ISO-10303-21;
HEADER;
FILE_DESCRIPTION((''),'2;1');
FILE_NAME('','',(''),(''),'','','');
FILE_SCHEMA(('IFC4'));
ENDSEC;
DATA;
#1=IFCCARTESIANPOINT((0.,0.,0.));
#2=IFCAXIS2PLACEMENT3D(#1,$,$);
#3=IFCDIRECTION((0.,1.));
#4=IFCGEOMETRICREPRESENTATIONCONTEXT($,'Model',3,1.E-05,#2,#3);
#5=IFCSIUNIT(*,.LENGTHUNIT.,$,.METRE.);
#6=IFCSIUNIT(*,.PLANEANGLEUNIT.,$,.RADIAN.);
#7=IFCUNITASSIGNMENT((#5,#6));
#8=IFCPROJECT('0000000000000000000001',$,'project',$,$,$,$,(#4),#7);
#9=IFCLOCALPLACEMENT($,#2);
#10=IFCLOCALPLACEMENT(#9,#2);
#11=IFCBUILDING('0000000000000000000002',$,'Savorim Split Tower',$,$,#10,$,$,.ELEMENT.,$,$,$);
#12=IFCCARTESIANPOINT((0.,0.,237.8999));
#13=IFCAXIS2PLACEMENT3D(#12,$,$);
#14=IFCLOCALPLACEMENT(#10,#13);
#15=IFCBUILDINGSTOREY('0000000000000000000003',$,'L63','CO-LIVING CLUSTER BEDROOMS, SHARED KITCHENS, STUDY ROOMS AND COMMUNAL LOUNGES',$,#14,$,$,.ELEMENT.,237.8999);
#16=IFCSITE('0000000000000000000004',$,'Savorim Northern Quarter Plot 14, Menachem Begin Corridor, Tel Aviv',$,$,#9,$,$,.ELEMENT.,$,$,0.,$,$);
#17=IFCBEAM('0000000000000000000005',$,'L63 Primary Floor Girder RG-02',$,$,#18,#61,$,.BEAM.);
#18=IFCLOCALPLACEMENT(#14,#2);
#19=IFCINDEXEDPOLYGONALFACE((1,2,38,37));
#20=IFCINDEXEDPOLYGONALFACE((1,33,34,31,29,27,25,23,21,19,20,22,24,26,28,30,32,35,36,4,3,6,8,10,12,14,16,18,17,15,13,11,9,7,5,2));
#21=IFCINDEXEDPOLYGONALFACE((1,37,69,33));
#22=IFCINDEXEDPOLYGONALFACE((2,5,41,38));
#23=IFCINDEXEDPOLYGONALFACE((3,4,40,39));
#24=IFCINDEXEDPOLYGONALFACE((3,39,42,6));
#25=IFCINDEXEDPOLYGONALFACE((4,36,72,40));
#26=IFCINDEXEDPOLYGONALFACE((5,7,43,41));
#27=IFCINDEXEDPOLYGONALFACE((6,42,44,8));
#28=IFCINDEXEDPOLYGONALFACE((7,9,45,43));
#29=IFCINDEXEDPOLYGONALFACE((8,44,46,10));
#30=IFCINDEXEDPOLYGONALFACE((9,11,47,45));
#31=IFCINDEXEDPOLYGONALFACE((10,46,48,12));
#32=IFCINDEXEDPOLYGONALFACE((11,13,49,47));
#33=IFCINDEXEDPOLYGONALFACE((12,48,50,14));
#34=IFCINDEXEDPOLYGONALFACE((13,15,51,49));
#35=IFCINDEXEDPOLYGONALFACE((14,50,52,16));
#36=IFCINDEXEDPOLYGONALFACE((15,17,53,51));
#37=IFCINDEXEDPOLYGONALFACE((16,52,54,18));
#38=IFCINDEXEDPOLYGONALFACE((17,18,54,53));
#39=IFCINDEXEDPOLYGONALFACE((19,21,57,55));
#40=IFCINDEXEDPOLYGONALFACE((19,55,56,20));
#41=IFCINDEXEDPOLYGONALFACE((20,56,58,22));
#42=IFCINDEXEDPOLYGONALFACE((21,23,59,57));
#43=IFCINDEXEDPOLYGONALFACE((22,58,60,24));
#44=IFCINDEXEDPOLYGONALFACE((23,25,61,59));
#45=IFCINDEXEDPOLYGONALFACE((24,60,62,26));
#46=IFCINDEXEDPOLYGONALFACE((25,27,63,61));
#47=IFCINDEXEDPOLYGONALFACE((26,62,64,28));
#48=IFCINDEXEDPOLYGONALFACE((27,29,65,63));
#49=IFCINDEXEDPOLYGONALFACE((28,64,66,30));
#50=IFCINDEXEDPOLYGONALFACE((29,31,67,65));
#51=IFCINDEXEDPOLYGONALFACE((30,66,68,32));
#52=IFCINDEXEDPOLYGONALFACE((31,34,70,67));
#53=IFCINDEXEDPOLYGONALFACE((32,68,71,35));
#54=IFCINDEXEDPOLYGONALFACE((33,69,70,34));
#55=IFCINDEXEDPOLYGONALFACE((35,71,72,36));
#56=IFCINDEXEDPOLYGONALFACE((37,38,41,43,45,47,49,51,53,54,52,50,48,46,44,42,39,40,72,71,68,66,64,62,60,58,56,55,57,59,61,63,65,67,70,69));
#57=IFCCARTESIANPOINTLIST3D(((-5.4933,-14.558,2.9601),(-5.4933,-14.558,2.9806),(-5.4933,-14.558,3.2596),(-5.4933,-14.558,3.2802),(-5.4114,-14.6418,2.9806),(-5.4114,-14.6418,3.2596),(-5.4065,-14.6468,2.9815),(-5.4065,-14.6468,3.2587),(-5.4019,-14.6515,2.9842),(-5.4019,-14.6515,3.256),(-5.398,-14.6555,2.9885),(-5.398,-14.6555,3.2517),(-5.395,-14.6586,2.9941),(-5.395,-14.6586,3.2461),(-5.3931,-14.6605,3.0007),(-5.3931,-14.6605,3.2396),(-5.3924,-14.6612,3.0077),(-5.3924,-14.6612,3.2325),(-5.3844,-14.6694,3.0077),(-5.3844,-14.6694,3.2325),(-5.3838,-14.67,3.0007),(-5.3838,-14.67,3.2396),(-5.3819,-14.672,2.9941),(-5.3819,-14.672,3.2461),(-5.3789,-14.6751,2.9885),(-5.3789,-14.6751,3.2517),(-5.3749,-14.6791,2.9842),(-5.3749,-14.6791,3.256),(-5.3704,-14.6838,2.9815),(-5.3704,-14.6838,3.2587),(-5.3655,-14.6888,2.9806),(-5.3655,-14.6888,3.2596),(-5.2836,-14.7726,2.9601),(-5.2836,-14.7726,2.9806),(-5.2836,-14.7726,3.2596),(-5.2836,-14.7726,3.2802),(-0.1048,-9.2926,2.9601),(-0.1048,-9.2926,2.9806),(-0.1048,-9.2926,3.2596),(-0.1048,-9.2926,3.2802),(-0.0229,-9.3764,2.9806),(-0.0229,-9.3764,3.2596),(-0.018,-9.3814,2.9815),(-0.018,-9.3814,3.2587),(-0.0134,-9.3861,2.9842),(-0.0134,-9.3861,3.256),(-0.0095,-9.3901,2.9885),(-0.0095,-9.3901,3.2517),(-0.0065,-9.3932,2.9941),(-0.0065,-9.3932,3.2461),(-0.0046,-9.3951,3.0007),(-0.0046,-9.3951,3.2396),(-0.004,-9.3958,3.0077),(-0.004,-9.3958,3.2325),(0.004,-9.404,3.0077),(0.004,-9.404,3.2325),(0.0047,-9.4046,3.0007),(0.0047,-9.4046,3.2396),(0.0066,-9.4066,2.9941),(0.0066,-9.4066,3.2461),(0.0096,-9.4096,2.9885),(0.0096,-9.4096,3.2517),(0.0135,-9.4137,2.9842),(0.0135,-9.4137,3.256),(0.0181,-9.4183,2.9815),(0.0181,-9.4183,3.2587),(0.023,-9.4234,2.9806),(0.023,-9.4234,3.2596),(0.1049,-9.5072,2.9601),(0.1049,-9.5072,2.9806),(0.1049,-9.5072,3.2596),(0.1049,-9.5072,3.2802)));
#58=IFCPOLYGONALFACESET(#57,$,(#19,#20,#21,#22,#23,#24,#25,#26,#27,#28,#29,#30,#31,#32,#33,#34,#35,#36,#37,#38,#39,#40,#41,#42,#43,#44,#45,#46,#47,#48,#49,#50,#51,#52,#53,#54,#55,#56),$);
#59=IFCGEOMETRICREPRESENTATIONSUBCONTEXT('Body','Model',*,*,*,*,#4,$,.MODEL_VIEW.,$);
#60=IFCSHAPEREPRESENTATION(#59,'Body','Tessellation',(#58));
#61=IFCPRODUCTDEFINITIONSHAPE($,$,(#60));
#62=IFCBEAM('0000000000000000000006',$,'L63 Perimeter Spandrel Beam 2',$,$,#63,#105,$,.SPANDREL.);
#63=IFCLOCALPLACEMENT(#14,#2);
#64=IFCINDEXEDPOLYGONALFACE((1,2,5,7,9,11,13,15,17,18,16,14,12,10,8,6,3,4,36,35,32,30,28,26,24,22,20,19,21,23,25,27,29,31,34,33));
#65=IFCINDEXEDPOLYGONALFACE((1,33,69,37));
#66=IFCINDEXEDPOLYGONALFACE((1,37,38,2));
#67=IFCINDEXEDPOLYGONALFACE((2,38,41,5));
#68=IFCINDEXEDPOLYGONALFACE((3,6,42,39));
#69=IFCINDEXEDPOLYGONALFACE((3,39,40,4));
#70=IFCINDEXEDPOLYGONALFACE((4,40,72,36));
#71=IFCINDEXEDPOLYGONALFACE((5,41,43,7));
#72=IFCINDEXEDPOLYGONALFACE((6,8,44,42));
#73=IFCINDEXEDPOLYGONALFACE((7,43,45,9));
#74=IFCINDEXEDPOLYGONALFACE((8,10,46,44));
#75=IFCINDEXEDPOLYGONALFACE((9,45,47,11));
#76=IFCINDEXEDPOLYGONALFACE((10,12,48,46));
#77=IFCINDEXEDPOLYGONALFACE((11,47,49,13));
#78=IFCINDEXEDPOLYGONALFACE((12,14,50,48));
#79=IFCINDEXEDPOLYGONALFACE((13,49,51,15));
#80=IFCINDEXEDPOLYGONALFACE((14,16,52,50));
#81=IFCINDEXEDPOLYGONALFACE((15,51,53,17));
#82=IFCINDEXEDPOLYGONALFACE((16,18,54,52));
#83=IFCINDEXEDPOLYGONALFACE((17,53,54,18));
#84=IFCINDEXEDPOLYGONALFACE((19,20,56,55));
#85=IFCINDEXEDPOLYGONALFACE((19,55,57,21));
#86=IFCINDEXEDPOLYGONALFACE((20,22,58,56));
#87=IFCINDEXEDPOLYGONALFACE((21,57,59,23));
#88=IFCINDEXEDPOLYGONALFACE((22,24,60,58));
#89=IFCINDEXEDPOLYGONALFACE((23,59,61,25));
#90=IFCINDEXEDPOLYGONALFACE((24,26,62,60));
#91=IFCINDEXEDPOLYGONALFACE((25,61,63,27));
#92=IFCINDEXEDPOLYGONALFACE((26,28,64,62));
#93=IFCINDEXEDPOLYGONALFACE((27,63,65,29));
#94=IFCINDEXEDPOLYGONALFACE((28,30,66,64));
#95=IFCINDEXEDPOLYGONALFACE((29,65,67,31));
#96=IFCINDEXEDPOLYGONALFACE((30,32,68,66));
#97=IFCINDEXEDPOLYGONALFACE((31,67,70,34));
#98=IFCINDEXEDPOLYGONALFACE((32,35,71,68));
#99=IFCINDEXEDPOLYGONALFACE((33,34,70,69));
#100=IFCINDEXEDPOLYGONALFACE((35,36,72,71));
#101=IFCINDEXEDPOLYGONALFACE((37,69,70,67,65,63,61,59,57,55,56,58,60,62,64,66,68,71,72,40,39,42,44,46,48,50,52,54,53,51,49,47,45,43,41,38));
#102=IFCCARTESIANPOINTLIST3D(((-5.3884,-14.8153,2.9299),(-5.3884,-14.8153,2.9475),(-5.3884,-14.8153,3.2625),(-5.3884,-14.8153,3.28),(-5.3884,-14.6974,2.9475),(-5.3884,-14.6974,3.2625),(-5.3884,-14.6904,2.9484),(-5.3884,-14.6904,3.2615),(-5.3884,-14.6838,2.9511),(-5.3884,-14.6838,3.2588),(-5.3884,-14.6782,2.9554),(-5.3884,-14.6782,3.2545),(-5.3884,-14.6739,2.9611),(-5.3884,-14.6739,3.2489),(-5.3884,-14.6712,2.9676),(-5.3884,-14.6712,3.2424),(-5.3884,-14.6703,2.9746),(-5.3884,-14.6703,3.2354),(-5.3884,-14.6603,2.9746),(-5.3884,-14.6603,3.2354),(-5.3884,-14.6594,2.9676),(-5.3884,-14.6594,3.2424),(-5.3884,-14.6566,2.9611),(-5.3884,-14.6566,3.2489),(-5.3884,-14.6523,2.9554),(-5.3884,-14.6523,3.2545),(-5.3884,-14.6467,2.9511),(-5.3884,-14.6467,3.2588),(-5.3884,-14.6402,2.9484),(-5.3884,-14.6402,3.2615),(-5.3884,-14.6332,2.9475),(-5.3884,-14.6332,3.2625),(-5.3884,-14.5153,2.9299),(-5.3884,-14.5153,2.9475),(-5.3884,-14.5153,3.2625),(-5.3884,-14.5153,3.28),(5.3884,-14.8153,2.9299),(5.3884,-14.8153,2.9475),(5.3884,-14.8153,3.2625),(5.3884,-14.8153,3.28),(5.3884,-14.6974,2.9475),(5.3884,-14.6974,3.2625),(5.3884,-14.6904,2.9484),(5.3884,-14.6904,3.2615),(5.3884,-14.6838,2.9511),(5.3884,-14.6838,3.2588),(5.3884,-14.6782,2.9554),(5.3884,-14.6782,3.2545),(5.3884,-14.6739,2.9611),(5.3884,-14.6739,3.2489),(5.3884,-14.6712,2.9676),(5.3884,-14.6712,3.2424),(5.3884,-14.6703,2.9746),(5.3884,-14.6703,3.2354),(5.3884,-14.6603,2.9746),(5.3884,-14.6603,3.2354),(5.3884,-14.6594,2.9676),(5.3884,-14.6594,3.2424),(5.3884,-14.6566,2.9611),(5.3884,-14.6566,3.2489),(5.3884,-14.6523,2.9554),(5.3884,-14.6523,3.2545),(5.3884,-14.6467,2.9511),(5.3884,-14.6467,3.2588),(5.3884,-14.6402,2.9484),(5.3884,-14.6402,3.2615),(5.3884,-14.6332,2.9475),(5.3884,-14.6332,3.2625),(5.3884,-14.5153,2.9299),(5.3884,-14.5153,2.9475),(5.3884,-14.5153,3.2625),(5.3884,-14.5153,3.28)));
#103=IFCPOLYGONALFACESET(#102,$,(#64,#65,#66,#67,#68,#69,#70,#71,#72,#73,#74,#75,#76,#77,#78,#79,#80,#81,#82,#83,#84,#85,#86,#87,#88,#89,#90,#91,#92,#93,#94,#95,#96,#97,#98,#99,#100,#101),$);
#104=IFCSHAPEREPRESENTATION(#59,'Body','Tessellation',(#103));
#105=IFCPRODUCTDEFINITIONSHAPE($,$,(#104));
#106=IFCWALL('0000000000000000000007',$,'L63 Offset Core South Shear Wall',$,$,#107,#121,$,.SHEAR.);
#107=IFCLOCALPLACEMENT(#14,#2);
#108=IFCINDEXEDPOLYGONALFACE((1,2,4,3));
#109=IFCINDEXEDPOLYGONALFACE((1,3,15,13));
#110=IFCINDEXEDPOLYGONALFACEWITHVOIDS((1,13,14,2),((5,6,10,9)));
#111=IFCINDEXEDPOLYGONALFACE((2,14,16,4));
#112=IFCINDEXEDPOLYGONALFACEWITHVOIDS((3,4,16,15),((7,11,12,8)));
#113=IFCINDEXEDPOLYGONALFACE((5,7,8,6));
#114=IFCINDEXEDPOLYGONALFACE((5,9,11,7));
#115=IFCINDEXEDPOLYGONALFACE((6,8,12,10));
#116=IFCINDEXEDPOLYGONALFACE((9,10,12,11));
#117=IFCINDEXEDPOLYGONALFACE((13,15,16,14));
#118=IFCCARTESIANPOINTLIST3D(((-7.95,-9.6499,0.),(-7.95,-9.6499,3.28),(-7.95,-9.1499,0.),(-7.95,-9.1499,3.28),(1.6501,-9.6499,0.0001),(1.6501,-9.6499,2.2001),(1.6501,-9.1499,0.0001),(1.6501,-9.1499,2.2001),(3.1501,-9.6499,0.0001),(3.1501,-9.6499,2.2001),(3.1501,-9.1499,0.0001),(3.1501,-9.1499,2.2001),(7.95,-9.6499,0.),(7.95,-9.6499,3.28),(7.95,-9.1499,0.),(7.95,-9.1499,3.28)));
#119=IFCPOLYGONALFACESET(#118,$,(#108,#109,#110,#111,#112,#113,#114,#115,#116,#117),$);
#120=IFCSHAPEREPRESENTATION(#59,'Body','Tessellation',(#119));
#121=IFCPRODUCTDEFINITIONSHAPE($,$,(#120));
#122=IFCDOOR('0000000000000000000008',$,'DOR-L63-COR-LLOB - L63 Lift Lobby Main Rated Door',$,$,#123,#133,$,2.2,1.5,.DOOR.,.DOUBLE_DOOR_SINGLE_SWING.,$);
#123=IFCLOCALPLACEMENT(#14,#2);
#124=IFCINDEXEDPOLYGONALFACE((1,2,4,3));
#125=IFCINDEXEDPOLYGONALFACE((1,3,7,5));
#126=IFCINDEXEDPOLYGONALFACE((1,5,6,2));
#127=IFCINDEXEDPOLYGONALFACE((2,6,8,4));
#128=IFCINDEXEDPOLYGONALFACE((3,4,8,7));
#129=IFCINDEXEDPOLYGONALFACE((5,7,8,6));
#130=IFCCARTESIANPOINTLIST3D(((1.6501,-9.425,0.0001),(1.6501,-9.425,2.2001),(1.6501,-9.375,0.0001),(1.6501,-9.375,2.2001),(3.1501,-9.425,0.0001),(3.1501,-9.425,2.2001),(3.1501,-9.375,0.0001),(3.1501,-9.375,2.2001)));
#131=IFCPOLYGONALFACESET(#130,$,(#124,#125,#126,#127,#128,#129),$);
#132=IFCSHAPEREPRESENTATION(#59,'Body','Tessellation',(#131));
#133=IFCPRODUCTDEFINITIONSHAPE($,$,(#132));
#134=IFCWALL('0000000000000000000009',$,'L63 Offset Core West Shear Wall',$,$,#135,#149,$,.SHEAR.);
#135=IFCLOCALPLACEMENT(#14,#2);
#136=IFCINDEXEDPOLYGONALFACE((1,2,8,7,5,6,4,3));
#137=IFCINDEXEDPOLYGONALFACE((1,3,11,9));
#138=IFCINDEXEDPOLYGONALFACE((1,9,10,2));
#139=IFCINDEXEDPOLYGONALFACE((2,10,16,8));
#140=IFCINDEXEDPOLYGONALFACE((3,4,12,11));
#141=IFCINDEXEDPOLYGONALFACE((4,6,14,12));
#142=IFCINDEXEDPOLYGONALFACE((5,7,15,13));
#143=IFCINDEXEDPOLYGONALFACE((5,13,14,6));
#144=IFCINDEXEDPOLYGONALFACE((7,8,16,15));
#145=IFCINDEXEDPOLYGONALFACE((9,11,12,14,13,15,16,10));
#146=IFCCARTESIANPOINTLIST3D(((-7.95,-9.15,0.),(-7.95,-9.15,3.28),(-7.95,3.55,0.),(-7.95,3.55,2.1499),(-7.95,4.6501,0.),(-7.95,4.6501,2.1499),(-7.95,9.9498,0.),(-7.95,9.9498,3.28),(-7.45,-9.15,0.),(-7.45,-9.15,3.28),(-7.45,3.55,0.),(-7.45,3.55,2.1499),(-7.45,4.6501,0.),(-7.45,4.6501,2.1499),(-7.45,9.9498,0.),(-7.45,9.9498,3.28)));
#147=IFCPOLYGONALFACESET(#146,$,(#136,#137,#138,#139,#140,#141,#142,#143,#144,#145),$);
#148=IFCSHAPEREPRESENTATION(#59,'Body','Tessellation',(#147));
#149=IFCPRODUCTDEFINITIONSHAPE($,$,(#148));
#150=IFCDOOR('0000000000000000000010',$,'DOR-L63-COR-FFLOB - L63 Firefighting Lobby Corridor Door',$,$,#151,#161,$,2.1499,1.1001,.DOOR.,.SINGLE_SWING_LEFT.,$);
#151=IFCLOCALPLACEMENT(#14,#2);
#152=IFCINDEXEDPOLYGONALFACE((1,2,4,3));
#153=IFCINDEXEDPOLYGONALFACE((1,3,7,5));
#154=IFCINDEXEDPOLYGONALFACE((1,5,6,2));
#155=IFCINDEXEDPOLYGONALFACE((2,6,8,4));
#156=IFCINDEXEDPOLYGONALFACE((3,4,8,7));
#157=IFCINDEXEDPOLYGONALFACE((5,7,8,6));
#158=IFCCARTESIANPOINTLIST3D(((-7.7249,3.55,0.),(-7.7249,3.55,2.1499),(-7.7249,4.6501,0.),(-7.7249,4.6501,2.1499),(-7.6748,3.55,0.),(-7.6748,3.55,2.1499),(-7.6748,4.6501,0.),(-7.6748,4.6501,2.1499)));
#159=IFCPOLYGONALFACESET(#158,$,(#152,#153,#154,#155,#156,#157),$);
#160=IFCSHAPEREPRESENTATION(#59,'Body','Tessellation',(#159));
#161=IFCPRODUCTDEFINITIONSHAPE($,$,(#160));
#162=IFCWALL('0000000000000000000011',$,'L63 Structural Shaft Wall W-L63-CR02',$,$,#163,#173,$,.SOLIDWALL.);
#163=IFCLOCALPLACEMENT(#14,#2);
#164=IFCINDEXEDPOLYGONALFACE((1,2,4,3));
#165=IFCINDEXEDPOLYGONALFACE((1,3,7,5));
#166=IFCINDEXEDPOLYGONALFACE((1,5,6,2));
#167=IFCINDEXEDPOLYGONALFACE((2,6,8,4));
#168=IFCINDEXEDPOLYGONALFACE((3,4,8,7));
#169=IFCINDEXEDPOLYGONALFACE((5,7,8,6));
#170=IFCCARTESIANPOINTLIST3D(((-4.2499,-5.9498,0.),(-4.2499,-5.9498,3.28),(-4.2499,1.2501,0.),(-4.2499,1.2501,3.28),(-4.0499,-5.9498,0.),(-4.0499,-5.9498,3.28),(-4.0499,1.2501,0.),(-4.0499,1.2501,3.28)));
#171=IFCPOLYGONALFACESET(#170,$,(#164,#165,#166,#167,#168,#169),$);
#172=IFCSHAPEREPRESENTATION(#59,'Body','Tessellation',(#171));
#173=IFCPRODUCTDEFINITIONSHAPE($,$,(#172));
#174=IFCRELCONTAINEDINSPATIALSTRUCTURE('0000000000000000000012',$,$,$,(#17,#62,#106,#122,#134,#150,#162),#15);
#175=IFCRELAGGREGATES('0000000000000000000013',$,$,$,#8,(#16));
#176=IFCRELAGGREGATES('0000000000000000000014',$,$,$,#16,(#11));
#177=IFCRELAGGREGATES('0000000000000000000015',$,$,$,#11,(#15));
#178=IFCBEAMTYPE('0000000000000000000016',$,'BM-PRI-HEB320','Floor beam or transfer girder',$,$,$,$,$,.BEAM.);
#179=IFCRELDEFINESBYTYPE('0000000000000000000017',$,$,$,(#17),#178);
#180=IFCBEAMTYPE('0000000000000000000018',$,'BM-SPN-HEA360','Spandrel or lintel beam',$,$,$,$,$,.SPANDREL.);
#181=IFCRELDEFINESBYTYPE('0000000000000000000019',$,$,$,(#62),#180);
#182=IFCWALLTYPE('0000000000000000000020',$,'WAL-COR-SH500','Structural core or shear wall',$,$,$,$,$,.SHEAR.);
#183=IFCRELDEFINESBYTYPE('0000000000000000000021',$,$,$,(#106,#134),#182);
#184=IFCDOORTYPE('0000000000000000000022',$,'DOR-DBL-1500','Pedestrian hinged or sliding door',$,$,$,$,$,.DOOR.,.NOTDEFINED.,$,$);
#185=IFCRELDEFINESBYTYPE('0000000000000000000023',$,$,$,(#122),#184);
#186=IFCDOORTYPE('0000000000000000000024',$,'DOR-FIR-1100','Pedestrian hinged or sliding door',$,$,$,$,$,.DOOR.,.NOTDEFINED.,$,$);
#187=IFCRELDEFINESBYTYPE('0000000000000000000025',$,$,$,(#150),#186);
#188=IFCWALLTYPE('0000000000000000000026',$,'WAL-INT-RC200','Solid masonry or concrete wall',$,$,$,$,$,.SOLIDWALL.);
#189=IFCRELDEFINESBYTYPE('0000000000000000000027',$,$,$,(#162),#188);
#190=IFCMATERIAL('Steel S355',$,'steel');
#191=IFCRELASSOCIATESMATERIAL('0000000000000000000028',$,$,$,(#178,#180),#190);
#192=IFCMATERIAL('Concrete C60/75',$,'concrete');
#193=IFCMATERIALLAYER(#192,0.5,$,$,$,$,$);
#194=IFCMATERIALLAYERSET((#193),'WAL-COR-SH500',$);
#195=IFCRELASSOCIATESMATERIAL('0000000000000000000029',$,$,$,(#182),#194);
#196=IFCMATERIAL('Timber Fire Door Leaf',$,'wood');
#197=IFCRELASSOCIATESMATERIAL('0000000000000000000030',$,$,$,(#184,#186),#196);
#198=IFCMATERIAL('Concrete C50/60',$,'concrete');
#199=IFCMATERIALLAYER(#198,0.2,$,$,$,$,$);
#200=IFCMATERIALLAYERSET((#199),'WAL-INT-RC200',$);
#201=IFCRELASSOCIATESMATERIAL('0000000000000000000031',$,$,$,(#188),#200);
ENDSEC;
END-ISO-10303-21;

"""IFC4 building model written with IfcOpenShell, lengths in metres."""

from ifc_helpers import new_model, si_unit, direction, frame, frame_2d, origin, origin_2d, place, context, subcontext, project, spatial, rectangle, i_section, extrude, material, layer, layer_set, material_profile, profile_set, type_object, element, fill, save


model = new_model("IFC4")

# Units and contexts
model_context = context("Model", 3, precision=1e-05, world=origin(), true_north=direction((0.0, 1.0)))
body_context = subcontext(model_context, "Body", "Model", "MODEL_VIEW")
ifc_project = project(units=[si_unit("LENGTHUNIT", "METRE"), si_unit("PLANEANGLEUNIT", "RADIAN")], contexts=[model_context])

# Site, building, storey
site_placement = place(None, origin())
site = spatial("IfcSite", under=ifc_project, at=site_placement, Name="Savorim Northern Quarter Plot 14, Menachem Begin Corridor, Tel Aviv", CompositionType="ELEMENT", RefElevation=0.0)
building_placement = place(site_placement, origin())
building = spatial("IfcBuilding", under=site, at=building_placement, Name="Savorim Split Tower", CompositionType="ELEMENT")
storey_placement = place(building_placement, frame((0.0, 0.0, 237.8999)))
storey = spatial("IfcBuildingStorey", under=building, at=storey_placement, Name="L63", Description="CO-LIVING CLUSTER BEDROOMS, SHARED KITCHENS, STUDY ROOMS AND COMMUNAL LOUNGES", CompositionType="ELEMENT", Elevation=237.8999)

# Shared definitions
ifc_material_1 = material(Name="Steel S355", Category="steel")

# Beams
ifc_material_profile_1 = material_profile(ifc_material_1, i_section(OverallWidth=0.3, OverallDepth=0.3201, WebThickness=0.0115, FlangeThickness=0.0205, FilletRadius=0.0271, at=origin_2d()), Name="HEB 320")
ifc_profile_set_1 = profile_set([ifc_material_profile_1], Name="Steel S355")
beam_type_1 = type_object("IfcBeamType", Name="BM-PRI-HEB320", Description="Floor beam or transfer girder", PredefinedType="BEAM", material=ifc_profile_set_1)
beam_1_placement = place(storey_placement, frame((-5.3884, -14.6653, 3.1201), z_axis=(0.715226, 0.698893, 0.0), x_axis=(-0.698893, 0.715226, 0.0)))
element("IfcBeam", 1, at=beam_1_placement, inside=storey, type_object=beam_type_1, Name="L63 Primary Floor Girder RG-02", PredefinedType="BEAM", context=body_context, shape_type="SweptSolid", body=[
    extrude(i_section(OverallWidth=0.3, OverallDepth=0.3201, WebThickness=0.0115, FlangeThickness=0.0205, FilletRadius=0.0271, at=origin_2d()), origin(), (0.0, 0.0, 1.0), 7.5339),
])
ifc_material_profile_2 = material_profile(ifc_material_1, i_section(OverallWidth=0.3, OverallDepth=0.3501, WebThickness=0.01, FlangeThickness=0.0176, FilletRadius=0.0271, at=origin_2d()), Name="HEA 360")
ifc_profile_set_2 = profile_set([ifc_material_profile_2], Name="Steel S355")
beam_type_2 = type_object("IfcBeamType", Name="BM-SPN-HEA360", Description="Spandrel or lintel beam", PredefinedType="SPANDREL", material=ifc_profile_set_2)
beam_2_placement = place(storey_placement, frame((-5.3884, -14.6653, 3.105), z_axis=(1.0, 0.0, 0.0), x_axis=(0.0, 1.0, 0.0)))
element("IfcBeam", 2, at=beam_2_placement, inside=storey, type_object=beam_type_2, Name="L63 Perimeter Spandrel Beam 2", PredefinedType="SPANDREL", context=body_context, shape_type="SweptSolid", body=[
    extrude(i_section(OverallWidth=0.3, OverallDepth=0.3501, WebThickness=0.01, FlangeThickness=0.0176, FilletRadius=0.0271, at=origin_2d()), origin(), (0.0, 0.0, 1.0), 10.7769),
])

# Walls, openings, doors
ifc_material_2 = material(Name="Concrete C60/75", Category="concrete")
ifc_layer_1 = layer(ifc_material_2, 0.5)
ifc_layer_set_1 = layer_set([ifc_layer_1], Name="WAL-COR-SH500")
wall_type_1 = type_object("IfcWallType", Name="WAL-COR-SH500", Description="Structural core or shear wall", PredefinedType="SHEAR", material=ifc_layer_set_1)
wall_1_placement = place(storey_placement, frame((-7.95, -9.3999, 0.0), z_axis=(0.0, 0.0, 1.0), x_axis=(1.0, 0.0, 0.0)))
wall_1 = element("IfcWall", 3, at=wall_1_placement, inside=storey, type_object=wall_type_1, Name="L63 Offset Core South Shear Wall", PredefinedType="SHEAR", context=body_context, shape_type="SweptSolid", body=[
    extrude(rectangle(XDim=15.8999, YDim=0.5, at=frame_2d((7.95, 0.0))), origin(), (0.0, 0.0, 1.0), 3.28),
])
opening_1_placement = place(wall_1_placement, frame((9.6001, 0.0, 0.0)))
opening_1 = element("IfcOpeningElement", 4, at=opening_1_placement, cuts=wall_1, PredefinedType="OPENING", context=body_context, shape_type="SweptSolid", body=[
    extrude(rectangle(XDim=1.5, YDim=2.2, at=frame_2d((0.75, 1.1001))), frame((0.0, 0.26, 0.0), z_axis=(0.0, -1.0, 0.0), x_axis=(1.0, 0.0, 0.0)), (0.0, 0.0, 1.0), 0.52),
])
ifc_material_3 = material(Name="Timber Fire Door Leaf", Category="wood")
door_type_1 = type_object("IfcDoorType", Name="DOR-DBL-1500", Description="Pedestrian hinged or sliding door", OperationType="NOTDEFINED", PredefinedType="DOOR", material=ifc_material_3)
door_1_placement = place(opening_1_placement, origin())
door_1 = element("IfcDoor", 5, at=door_1_placement, inside=storey, type_object=door_type_1, Name="DOR-L63-COR-LLOB - L63 Lift Lobby Main Rated Door", OperationType="DOUBLE_DOOR_SINGLE_SWING", OverallHeight=2.2, OverallWidth=1.5, PredefinedType="DOOR", context=body_context, shape_type="SweptSolid", body=[
    extrude(rectangle(XDim=1.5, YDim=2.2, at=frame_2d((0.75, 1.1001))), frame((0.0, 0.0249, 0.0), z_axis=(0.0, -1.0, 0.0), x_axis=(1.0, 0.0, 0.0)), (0.0, 0.0, 1.0), 0.05),
])
fill(opening_1, door_1)
wall_2_placement = place(storey_placement, frame((-7.7, -9.1499, 0.0), z_axis=(0.0, 0.0, 1.0), x_axis=(0.0, 1.0, 0.0)))
wall_2 = element("IfcWall", 6, at=wall_2_placement, inside=storey, type_object=wall_type_1, Name="L63 Offset Core West Shear Wall", PredefinedType="SHEAR", context=body_context, shape_type="SweptSolid", body=[
    extrude(rectangle(XDim=19.0999, YDim=0.5, at=frame_2d((9.5498, 0.0))), origin(), (0.0, 0.0, 1.0), 3.28),
])
opening_2_placement = place(wall_2_placement, frame((12.7, 0.0, 0.0)))
opening_2 = element("IfcOpeningElement", 7, at=opening_2_placement, cuts=wall_2, PredefinedType="OPENING", context=body_context, shape_type="SweptSolid", body=[
    extrude(rectangle(XDim=1.1001, YDim=2.1499, at=frame_2d((0.55, 1.075))), frame((0.0, 0.26, 0.0), z_axis=(0.0, -1.0, 0.0), x_axis=(1.0, 0.0, 0.0)), (0.0, 0.0, 1.0), 0.52),
])
door_type_2 = type_object("IfcDoorType", Name="DOR-FIR-1100", Description="Pedestrian hinged or sliding door", OperationType="NOTDEFINED", PredefinedType="DOOR", material=ifc_material_3)
door_2_placement = place(opening_2_placement, origin())
door_2 = element("IfcDoor", 8, at=door_2_placement, inside=storey, type_object=door_type_2, Name="DOR-L63-COR-FFLOB - L63 Firefighting Lobby Corridor Door", OperationType="SINGLE_SWING_LEFT", OverallHeight=2.1499, OverallWidth=1.1001, PredefinedType="DOOR", context=body_context, shape_type="SweptSolid", body=[
    extrude(rectangle(XDim=1.1001, YDim=2.1499, at=frame_2d((0.55, 1.075))), frame((0.0, 0.0249, 0.0), z_axis=(0.0, -1.0, 0.0), x_axis=(1.0, 0.0, 0.0)), (0.0, 0.0, 1.0), 0.05),
])
fill(opening_2, door_2)

# Wall
ifc_material_4 = material(Name="Concrete C50/60", Category="concrete")
ifc_layer_2 = layer(ifc_material_4, 0.2)
ifc_layer_set_2 = layer_set([ifc_layer_2], Name="WAL-INT-RC200")
wall_type_2 = type_object("IfcWallType", Name="WAL-INT-RC200", Description="Solid masonry or concrete wall", PredefinedType="SOLIDWALL", material=ifc_layer_set_2)
wall_3_placement = place(storey_placement, frame((-4.1499, -5.95, 0.0), z_axis=(0.0, 0.0, 1.0), x_axis=(0.0, 1.0, 0.0)))
element("IfcWall", 9, at=wall_3_placement, inside=storey, type_object=wall_type_2, Name="L63 Structural Shaft Wall W-L63-CR02", PredefinedType="SOLIDWALL", context=body_context, shape_type="SweptSolid", body=[
    extrude(rectangle(XDim=7.2, YDim=0.2, at=frame_2d((3.6001, 0.0))), origin(), (0.0, 0.0, 1.0), 3.28),
])

save(model, "model.ifc")
